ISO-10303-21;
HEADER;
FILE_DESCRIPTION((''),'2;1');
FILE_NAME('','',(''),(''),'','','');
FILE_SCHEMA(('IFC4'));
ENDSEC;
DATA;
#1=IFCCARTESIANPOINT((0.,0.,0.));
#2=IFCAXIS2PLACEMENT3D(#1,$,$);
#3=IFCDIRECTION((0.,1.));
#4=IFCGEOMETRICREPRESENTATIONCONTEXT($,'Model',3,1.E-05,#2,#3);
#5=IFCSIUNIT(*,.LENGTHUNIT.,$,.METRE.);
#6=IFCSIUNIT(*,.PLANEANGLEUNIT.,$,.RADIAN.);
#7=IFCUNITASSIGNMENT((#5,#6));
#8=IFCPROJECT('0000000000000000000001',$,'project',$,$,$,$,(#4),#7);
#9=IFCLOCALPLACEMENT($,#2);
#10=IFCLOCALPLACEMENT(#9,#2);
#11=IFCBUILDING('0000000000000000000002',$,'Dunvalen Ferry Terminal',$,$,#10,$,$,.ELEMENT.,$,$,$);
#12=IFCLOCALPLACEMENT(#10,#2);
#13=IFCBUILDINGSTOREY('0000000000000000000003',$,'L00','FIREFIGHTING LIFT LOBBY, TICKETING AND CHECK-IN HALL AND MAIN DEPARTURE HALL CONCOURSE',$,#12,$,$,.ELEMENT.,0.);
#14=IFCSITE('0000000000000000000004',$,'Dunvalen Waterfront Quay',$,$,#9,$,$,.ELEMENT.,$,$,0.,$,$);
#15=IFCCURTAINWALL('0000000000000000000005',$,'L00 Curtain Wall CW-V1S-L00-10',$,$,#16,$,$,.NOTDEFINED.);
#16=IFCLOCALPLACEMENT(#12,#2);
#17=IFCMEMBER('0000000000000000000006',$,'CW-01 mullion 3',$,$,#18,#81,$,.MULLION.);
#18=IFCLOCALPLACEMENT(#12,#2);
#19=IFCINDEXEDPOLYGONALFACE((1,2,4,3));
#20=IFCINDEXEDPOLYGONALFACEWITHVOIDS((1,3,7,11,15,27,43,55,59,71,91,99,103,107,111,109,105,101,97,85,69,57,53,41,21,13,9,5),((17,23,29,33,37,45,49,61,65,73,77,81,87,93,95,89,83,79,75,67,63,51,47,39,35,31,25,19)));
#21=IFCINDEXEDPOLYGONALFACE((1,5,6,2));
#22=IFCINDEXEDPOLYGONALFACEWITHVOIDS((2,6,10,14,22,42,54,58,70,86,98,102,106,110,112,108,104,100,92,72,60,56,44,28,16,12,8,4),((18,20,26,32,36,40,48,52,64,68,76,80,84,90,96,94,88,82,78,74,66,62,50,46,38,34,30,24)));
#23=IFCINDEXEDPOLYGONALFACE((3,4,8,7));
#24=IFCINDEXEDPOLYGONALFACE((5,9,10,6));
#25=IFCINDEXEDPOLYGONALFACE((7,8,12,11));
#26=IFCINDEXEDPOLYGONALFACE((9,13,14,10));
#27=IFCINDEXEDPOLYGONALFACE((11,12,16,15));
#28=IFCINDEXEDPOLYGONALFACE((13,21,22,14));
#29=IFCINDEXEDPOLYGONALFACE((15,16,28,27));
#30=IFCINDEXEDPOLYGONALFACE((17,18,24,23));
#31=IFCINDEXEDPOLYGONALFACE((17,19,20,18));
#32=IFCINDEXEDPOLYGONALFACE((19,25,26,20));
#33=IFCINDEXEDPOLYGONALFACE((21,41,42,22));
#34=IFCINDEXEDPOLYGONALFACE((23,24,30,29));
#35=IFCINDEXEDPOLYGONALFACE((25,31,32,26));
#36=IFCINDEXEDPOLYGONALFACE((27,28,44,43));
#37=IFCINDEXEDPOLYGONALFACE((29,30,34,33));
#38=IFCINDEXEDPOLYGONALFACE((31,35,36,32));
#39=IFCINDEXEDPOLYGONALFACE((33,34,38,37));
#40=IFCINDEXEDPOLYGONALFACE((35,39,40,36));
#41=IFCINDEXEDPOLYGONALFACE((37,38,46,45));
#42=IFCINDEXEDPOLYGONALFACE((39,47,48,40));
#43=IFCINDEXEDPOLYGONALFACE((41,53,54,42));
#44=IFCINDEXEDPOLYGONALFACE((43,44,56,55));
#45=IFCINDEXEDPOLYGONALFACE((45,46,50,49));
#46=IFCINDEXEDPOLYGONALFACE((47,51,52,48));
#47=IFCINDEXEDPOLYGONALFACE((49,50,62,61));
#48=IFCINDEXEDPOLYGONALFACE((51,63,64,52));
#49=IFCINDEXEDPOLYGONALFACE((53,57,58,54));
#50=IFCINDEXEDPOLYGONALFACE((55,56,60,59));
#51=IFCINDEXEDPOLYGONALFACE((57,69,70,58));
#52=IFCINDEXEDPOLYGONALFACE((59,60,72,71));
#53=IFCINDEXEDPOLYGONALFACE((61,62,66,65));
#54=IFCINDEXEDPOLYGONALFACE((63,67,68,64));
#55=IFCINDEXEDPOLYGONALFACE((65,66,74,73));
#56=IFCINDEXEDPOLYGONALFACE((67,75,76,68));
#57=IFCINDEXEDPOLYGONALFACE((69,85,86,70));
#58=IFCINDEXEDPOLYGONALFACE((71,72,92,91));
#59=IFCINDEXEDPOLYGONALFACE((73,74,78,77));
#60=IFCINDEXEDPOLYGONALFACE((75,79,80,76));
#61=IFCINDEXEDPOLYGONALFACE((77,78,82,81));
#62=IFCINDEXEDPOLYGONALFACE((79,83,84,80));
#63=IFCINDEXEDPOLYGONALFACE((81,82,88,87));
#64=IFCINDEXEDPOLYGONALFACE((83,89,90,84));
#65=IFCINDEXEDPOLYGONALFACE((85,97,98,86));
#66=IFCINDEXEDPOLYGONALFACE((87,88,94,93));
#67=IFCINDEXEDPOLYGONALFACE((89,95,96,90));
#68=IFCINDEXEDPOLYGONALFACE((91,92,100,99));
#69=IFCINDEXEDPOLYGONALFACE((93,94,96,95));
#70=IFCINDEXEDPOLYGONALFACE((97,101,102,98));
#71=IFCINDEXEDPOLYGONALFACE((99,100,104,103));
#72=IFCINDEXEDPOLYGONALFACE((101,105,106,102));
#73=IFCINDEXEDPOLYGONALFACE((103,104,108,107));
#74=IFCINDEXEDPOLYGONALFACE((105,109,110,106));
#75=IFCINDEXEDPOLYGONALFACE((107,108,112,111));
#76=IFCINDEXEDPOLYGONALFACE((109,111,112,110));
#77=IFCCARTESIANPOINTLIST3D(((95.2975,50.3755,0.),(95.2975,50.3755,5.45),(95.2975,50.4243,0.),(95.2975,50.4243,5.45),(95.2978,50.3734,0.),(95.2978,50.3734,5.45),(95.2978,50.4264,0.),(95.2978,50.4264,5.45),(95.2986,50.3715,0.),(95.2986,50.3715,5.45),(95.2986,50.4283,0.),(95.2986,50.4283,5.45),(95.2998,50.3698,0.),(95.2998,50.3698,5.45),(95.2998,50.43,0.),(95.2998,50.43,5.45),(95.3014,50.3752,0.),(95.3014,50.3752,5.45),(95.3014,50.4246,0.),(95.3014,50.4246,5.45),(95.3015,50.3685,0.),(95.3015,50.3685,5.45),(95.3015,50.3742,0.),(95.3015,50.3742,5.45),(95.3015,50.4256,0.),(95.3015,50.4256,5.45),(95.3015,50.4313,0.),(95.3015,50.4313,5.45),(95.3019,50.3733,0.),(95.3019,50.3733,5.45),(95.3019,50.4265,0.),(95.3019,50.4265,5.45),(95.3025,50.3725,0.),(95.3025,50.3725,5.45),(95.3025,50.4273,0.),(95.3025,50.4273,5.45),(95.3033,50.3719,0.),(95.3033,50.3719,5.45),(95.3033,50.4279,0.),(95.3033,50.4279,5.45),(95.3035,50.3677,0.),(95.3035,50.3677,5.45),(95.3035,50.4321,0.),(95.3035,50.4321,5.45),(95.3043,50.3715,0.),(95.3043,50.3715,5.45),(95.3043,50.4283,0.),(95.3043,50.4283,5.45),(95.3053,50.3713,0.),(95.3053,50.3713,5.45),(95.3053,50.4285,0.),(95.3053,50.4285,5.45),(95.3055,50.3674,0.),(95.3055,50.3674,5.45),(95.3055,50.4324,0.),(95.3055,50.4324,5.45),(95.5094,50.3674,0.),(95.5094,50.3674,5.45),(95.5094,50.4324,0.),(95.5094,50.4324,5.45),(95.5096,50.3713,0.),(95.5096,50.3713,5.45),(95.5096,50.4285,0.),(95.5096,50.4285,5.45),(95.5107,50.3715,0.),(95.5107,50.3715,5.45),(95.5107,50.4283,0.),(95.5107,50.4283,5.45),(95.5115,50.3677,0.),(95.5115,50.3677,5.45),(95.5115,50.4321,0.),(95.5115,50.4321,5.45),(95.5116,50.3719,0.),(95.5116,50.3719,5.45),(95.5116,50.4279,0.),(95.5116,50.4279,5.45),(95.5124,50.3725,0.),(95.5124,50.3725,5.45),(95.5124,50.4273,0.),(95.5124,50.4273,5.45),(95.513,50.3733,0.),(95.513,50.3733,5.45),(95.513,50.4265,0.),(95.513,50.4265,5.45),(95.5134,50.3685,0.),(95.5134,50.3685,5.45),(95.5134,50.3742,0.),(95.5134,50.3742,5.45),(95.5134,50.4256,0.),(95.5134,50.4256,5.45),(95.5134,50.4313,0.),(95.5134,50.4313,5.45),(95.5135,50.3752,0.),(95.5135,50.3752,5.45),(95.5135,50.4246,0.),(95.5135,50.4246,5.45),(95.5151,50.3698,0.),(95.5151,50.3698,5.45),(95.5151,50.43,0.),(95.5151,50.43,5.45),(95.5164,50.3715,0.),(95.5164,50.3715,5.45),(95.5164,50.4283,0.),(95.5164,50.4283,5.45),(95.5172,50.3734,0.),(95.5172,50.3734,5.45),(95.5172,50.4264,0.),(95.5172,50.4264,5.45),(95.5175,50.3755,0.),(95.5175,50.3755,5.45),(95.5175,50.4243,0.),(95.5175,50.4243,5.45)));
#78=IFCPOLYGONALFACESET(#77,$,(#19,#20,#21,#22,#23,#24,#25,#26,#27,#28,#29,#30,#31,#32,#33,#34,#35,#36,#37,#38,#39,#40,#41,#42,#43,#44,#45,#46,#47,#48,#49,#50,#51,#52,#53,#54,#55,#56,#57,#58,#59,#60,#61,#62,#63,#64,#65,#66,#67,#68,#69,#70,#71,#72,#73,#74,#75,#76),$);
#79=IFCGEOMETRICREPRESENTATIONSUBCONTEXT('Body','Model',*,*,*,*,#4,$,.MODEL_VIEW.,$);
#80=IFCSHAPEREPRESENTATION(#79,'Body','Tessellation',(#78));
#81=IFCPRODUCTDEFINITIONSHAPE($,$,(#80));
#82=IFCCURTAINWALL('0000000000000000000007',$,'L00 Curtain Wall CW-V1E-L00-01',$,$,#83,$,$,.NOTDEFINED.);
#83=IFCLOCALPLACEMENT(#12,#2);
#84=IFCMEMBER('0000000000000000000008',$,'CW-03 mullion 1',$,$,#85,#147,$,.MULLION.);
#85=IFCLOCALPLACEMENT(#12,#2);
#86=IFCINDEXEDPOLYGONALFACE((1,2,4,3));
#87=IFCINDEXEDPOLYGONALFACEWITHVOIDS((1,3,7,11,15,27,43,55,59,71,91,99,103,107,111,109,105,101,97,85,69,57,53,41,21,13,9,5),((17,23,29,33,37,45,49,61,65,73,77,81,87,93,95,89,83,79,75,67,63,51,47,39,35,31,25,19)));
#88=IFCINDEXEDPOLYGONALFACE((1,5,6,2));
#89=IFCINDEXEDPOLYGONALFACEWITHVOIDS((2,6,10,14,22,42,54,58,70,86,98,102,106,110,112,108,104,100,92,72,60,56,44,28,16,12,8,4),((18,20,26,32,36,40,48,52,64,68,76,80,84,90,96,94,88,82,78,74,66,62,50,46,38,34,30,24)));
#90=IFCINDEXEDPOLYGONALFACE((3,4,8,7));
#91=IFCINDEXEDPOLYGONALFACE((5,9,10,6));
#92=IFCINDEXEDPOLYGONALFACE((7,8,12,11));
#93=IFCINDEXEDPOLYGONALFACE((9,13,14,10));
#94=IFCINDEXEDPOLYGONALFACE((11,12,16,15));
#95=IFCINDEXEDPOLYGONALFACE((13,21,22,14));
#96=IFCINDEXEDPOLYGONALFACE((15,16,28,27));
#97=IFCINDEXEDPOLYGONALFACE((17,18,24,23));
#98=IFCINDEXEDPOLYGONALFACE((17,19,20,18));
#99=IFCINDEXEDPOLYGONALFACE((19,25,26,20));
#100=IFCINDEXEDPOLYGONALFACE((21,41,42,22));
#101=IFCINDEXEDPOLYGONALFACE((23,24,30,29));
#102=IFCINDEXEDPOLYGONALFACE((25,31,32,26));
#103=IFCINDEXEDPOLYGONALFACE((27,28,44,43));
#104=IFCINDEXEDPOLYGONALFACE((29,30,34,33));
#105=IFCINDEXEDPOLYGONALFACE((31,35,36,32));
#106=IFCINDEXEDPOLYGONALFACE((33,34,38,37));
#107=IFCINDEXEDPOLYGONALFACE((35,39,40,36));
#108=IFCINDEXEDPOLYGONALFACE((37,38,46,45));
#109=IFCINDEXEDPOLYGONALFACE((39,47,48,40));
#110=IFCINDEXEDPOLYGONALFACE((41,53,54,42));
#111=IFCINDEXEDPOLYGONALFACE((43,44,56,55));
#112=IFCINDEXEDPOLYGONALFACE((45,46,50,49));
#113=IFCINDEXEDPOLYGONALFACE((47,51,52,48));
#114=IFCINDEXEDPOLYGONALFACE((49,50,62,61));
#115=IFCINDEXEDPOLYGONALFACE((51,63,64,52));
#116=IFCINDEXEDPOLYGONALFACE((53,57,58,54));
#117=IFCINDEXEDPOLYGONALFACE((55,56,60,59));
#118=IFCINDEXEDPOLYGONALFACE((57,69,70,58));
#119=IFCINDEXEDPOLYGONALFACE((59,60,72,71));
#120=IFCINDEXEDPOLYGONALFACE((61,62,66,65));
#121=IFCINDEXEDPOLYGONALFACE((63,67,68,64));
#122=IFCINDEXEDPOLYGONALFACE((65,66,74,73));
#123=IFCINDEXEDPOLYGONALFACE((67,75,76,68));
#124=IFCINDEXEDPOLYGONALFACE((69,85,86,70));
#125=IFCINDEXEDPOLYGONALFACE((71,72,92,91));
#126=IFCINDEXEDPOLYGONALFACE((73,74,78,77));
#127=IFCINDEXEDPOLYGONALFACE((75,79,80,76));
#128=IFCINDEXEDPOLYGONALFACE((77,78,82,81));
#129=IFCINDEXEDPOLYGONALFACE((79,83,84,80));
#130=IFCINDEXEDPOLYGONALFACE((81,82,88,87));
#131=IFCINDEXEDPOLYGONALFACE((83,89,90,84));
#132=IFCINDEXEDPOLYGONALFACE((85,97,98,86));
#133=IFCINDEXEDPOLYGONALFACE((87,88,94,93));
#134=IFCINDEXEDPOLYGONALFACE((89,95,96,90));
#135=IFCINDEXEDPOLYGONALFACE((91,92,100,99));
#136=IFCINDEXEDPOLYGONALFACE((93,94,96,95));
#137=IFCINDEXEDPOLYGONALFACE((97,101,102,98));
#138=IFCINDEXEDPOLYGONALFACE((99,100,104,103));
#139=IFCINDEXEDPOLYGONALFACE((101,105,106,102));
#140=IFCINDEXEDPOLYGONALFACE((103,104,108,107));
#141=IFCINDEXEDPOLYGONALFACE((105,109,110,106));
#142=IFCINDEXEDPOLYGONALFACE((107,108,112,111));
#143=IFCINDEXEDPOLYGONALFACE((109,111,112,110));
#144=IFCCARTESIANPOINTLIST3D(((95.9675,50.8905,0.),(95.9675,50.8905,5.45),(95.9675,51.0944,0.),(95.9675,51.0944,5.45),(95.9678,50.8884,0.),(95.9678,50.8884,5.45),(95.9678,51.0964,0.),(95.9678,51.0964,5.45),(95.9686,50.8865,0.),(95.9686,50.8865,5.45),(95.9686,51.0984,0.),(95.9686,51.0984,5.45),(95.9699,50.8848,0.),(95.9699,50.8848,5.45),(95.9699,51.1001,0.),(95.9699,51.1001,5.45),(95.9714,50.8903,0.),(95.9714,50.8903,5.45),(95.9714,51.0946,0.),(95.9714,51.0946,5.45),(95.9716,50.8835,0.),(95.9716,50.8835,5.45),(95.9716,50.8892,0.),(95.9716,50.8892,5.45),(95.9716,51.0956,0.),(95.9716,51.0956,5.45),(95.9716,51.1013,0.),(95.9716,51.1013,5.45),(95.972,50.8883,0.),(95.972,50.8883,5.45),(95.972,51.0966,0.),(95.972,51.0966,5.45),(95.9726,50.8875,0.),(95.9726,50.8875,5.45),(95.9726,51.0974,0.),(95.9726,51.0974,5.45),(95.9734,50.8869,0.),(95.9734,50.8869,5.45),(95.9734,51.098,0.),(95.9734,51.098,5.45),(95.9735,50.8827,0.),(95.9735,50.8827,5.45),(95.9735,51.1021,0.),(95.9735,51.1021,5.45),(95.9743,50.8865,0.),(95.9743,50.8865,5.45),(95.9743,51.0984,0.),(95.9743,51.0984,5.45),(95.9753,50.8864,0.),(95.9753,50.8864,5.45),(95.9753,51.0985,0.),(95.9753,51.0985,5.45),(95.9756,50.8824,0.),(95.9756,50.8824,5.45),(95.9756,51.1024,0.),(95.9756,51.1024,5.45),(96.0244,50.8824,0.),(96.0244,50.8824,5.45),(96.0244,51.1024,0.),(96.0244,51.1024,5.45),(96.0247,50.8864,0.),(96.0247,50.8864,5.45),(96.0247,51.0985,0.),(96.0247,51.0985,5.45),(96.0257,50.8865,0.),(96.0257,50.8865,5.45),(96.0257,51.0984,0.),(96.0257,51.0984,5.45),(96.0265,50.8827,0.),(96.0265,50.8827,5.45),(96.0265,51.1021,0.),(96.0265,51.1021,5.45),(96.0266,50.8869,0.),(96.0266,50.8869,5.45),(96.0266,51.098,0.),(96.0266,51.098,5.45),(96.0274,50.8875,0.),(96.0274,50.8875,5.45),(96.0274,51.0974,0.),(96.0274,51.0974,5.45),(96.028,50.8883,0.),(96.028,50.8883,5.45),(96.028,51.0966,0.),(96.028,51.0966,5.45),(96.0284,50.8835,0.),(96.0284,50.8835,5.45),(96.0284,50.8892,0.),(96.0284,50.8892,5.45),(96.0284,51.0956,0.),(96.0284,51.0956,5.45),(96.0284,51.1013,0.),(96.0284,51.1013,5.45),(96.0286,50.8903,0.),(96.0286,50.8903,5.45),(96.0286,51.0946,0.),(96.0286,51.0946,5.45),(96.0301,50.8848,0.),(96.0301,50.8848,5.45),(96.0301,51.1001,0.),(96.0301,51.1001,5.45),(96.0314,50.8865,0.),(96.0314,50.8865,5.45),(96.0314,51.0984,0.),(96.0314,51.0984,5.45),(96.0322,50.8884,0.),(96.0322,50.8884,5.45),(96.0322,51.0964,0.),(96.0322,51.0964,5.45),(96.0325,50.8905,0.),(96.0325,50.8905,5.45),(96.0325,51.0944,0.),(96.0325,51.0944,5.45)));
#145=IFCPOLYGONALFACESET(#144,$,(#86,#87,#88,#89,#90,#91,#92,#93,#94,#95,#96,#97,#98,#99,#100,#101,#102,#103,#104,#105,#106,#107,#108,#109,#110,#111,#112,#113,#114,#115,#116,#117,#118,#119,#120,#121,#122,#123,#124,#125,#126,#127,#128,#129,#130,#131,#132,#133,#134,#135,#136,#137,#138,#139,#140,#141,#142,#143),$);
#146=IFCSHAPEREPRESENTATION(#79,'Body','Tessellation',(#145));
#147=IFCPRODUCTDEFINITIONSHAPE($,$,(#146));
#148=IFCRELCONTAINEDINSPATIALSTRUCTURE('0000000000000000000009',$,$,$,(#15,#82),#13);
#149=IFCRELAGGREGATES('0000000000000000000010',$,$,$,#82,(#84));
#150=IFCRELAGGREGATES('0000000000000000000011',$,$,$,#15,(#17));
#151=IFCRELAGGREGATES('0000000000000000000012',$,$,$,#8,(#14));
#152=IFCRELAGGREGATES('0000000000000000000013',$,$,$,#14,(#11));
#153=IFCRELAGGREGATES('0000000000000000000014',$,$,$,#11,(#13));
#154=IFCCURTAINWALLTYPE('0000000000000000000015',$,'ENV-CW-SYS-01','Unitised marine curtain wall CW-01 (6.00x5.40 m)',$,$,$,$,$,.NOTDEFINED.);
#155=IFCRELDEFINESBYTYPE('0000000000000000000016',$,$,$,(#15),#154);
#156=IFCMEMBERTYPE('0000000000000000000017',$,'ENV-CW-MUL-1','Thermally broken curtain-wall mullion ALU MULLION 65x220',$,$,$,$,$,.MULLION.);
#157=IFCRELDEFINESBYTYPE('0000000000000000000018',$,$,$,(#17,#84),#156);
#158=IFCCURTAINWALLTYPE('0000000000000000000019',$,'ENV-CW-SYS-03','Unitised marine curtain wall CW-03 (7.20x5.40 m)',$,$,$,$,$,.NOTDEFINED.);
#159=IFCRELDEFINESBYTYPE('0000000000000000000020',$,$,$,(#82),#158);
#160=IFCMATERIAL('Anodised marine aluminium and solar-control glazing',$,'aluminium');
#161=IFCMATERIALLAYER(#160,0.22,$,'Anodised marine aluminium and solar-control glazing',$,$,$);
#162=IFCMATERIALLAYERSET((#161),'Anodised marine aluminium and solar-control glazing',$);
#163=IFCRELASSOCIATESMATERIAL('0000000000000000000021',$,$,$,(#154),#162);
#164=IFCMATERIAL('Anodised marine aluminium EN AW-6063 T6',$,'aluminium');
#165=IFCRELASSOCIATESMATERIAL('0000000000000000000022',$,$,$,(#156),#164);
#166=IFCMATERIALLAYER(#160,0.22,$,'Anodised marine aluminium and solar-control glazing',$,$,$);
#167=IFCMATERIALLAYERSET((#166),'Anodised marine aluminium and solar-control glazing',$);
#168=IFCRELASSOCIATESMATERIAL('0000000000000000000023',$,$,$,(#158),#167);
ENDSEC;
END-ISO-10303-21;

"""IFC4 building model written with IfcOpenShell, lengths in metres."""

from ifc_helpers import new_model, si_unit, direction, frame, origin, origin_2d, place, context, subcontext, project, spatial, hollow_rectangle, extrude, material, layer, layer_set, material_profile, profile_set, type_object, element, aggregate, save


model = new_model("IFC4")

# Units and contexts
model_context = context("Model", 3, precision=1e-05, world=origin(), true_north=direction((0.0, 1.0)))
body_context = subcontext(model_context, "Body", "Model", "MODEL_VIEW")
ifc_project = project(units=[si_unit("LENGTHUNIT", "METRE"), si_unit("PLANEANGLEUNIT", "RADIAN")], contexts=[model_context])

# Site, building, storey
site_placement = place(None, origin())
site = spatial("IfcSite", under=ifc_project, at=site_placement, Name="Dunvalen Waterfront Quay", CompositionType="ELEMENT", RefElevation=0.0)
building_placement = place(site_placement, origin())
building = spatial("IfcBuilding", under=site, at=building_placement, Name="Dunvalen Ferry Terminal", CompositionType="ELEMENT")
storey_placement = place(building_placement, origin())
storey = spatial("IfcBuildingStorey", under=building, at=storey_placement, Name="L00", Description="FIREFIGHTING LIFT LOBBY, TICKETING AND CHECK-IN HALL AND MAIN DEPARTURE HALL CONCOURSE", CompositionType="ELEMENT", Elevation=0.0)

# Curtain wall, member
ifc_material_1 = material(Name="Anodised marine aluminium and solar-control glazing", Category="aluminium")
ifc_layer_1 = layer(ifc_material_1, 0.22, Name="Anodised marine aluminium and solar-control glazing")
ifc_layer_set_1 = layer_set([ifc_layer_1], Name="Anodised marine aluminium and solar-control glazing")
curtain_wall_type_1 = type_object("IfcCurtainWallType", Name="ENV-CW-SYS-01", Description="Unitised marine curtain wall CW-01 (6.00x5.40 m)", PredefinedType="NOTDEFINED", material=ifc_layer_set_1)
curtain_wall_1_placement = place(storey_placement, origin())
curtain_wall_1 = element("IfcCurtainWall", 1, at=curtain_wall_1_placement, inside=storey, type_object=curtain_wall_type_1, Name="L00 Curtain Wall CW-V1S-L00-10", PredefinedType="NOTDEFINED")
ifc_material_2 = material(Name="Anodised marine aluminium EN AW-6063 T6", Category="aluminium")
ifc_material_profile_1 = material_profile(ifc_material_2, hollow_rectangle(XDim=0.0649, YDim=0.22, WallThickness=0.0039, InnerFilletRadius=0.0039, OuterFilletRadius=0.0081, at=origin_2d()), Name="Anodised marine aluminium EN AW-6063 T6")
ifc_profile_set_1 = profile_set([ifc_material_profile_1], Name="Anodised marine aluminium EN AW-6063 T6")
member_type_1 = type_object("IfcMemberType", Name="ENV-CW-MUL-1", Description="Thermally broken curtain-wall mullion ALU MULLION 65x220", PredefinedType="MULLION", material=ifc_profile_set_1)
member_1_placement = place(storey_placement, frame((95.4075, 50.3999, 0.0), z_axis=(0.0, 0.0, 1.0), x_axis=(0.0, 1.0, 0.0)))
member_1 = element("IfcMember", 2, at=member_1_placement, type_object=member_type_1, Name="CW-01 mullion 3", PredefinedType="MULLION", context=body_context, shape_type="SweptSolid", body=[
    extrude(hollow_rectangle(XDim=0.0649, YDim=0.22, WallThickness=0.0039, InnerFilletRadius=0.0039, OuterFilletRadius=0.0081, at=origin_2d()), origin(), (0.0, 0.0, 1.0), 5.45),
])

# Curtain wall, member
ifc_layer_2 = layer(ifc_material_1, 0.22, Name="Anodised marine aluminium and solar-control glazing")
ifc_layer_set_2 = layer_set([ifc_layer_2], Name="Anodised marine aluminium and solar-control glazing")
curtain_wall_type_2 = type_object("IfcCurtainWallType", Name="ENV-CW-SYS-03", Description="Unitised marine curtain wall CW-03 (7.20x5.40 m)", PredefinedType="NOTDEFINED", material=ifc_layer_set_2)
curtain_wall_2_placement = place(storey_placement, origin())
curtain_wall_2 = element("IfcCurtainWall", 3, at=curtain_wall_2_placement, inside=storey, type_object=curtain_wall_type_2, Name="L00 Curtain Wall CW-V1E-L00-01", PredefinedType="NOTDEFINED")
member_2_placement = place(storey_placement, frame((96.0, 50.9924, 0.0), z_axis=(0.0, 0.0, 1.0), x_axis=(-1.0, 0.0, 0.0)))
member_2 = element("IfcMember", 4, at=member_2_placement, type_object=member_type_1, Name="CW-03 mullion 1", PredefinedType="MULLION", context=body_context, shape_type="SweptSolid", body=[
    extrude(hollow_rectangle(XDim=0.0649, YDim=0.22, WallThickness=0.0039, InnerFilletRadius=0.0039, OuterFilletRadius=0.0081, at=origin_2d()), origin(), (0.0, 0.0, 1.0), 5.45),
])

aggregate(curtain_wall_2, [member_2])
aggregate(curtain_wall_1, [member_1])

save(model, "model.ifc")
